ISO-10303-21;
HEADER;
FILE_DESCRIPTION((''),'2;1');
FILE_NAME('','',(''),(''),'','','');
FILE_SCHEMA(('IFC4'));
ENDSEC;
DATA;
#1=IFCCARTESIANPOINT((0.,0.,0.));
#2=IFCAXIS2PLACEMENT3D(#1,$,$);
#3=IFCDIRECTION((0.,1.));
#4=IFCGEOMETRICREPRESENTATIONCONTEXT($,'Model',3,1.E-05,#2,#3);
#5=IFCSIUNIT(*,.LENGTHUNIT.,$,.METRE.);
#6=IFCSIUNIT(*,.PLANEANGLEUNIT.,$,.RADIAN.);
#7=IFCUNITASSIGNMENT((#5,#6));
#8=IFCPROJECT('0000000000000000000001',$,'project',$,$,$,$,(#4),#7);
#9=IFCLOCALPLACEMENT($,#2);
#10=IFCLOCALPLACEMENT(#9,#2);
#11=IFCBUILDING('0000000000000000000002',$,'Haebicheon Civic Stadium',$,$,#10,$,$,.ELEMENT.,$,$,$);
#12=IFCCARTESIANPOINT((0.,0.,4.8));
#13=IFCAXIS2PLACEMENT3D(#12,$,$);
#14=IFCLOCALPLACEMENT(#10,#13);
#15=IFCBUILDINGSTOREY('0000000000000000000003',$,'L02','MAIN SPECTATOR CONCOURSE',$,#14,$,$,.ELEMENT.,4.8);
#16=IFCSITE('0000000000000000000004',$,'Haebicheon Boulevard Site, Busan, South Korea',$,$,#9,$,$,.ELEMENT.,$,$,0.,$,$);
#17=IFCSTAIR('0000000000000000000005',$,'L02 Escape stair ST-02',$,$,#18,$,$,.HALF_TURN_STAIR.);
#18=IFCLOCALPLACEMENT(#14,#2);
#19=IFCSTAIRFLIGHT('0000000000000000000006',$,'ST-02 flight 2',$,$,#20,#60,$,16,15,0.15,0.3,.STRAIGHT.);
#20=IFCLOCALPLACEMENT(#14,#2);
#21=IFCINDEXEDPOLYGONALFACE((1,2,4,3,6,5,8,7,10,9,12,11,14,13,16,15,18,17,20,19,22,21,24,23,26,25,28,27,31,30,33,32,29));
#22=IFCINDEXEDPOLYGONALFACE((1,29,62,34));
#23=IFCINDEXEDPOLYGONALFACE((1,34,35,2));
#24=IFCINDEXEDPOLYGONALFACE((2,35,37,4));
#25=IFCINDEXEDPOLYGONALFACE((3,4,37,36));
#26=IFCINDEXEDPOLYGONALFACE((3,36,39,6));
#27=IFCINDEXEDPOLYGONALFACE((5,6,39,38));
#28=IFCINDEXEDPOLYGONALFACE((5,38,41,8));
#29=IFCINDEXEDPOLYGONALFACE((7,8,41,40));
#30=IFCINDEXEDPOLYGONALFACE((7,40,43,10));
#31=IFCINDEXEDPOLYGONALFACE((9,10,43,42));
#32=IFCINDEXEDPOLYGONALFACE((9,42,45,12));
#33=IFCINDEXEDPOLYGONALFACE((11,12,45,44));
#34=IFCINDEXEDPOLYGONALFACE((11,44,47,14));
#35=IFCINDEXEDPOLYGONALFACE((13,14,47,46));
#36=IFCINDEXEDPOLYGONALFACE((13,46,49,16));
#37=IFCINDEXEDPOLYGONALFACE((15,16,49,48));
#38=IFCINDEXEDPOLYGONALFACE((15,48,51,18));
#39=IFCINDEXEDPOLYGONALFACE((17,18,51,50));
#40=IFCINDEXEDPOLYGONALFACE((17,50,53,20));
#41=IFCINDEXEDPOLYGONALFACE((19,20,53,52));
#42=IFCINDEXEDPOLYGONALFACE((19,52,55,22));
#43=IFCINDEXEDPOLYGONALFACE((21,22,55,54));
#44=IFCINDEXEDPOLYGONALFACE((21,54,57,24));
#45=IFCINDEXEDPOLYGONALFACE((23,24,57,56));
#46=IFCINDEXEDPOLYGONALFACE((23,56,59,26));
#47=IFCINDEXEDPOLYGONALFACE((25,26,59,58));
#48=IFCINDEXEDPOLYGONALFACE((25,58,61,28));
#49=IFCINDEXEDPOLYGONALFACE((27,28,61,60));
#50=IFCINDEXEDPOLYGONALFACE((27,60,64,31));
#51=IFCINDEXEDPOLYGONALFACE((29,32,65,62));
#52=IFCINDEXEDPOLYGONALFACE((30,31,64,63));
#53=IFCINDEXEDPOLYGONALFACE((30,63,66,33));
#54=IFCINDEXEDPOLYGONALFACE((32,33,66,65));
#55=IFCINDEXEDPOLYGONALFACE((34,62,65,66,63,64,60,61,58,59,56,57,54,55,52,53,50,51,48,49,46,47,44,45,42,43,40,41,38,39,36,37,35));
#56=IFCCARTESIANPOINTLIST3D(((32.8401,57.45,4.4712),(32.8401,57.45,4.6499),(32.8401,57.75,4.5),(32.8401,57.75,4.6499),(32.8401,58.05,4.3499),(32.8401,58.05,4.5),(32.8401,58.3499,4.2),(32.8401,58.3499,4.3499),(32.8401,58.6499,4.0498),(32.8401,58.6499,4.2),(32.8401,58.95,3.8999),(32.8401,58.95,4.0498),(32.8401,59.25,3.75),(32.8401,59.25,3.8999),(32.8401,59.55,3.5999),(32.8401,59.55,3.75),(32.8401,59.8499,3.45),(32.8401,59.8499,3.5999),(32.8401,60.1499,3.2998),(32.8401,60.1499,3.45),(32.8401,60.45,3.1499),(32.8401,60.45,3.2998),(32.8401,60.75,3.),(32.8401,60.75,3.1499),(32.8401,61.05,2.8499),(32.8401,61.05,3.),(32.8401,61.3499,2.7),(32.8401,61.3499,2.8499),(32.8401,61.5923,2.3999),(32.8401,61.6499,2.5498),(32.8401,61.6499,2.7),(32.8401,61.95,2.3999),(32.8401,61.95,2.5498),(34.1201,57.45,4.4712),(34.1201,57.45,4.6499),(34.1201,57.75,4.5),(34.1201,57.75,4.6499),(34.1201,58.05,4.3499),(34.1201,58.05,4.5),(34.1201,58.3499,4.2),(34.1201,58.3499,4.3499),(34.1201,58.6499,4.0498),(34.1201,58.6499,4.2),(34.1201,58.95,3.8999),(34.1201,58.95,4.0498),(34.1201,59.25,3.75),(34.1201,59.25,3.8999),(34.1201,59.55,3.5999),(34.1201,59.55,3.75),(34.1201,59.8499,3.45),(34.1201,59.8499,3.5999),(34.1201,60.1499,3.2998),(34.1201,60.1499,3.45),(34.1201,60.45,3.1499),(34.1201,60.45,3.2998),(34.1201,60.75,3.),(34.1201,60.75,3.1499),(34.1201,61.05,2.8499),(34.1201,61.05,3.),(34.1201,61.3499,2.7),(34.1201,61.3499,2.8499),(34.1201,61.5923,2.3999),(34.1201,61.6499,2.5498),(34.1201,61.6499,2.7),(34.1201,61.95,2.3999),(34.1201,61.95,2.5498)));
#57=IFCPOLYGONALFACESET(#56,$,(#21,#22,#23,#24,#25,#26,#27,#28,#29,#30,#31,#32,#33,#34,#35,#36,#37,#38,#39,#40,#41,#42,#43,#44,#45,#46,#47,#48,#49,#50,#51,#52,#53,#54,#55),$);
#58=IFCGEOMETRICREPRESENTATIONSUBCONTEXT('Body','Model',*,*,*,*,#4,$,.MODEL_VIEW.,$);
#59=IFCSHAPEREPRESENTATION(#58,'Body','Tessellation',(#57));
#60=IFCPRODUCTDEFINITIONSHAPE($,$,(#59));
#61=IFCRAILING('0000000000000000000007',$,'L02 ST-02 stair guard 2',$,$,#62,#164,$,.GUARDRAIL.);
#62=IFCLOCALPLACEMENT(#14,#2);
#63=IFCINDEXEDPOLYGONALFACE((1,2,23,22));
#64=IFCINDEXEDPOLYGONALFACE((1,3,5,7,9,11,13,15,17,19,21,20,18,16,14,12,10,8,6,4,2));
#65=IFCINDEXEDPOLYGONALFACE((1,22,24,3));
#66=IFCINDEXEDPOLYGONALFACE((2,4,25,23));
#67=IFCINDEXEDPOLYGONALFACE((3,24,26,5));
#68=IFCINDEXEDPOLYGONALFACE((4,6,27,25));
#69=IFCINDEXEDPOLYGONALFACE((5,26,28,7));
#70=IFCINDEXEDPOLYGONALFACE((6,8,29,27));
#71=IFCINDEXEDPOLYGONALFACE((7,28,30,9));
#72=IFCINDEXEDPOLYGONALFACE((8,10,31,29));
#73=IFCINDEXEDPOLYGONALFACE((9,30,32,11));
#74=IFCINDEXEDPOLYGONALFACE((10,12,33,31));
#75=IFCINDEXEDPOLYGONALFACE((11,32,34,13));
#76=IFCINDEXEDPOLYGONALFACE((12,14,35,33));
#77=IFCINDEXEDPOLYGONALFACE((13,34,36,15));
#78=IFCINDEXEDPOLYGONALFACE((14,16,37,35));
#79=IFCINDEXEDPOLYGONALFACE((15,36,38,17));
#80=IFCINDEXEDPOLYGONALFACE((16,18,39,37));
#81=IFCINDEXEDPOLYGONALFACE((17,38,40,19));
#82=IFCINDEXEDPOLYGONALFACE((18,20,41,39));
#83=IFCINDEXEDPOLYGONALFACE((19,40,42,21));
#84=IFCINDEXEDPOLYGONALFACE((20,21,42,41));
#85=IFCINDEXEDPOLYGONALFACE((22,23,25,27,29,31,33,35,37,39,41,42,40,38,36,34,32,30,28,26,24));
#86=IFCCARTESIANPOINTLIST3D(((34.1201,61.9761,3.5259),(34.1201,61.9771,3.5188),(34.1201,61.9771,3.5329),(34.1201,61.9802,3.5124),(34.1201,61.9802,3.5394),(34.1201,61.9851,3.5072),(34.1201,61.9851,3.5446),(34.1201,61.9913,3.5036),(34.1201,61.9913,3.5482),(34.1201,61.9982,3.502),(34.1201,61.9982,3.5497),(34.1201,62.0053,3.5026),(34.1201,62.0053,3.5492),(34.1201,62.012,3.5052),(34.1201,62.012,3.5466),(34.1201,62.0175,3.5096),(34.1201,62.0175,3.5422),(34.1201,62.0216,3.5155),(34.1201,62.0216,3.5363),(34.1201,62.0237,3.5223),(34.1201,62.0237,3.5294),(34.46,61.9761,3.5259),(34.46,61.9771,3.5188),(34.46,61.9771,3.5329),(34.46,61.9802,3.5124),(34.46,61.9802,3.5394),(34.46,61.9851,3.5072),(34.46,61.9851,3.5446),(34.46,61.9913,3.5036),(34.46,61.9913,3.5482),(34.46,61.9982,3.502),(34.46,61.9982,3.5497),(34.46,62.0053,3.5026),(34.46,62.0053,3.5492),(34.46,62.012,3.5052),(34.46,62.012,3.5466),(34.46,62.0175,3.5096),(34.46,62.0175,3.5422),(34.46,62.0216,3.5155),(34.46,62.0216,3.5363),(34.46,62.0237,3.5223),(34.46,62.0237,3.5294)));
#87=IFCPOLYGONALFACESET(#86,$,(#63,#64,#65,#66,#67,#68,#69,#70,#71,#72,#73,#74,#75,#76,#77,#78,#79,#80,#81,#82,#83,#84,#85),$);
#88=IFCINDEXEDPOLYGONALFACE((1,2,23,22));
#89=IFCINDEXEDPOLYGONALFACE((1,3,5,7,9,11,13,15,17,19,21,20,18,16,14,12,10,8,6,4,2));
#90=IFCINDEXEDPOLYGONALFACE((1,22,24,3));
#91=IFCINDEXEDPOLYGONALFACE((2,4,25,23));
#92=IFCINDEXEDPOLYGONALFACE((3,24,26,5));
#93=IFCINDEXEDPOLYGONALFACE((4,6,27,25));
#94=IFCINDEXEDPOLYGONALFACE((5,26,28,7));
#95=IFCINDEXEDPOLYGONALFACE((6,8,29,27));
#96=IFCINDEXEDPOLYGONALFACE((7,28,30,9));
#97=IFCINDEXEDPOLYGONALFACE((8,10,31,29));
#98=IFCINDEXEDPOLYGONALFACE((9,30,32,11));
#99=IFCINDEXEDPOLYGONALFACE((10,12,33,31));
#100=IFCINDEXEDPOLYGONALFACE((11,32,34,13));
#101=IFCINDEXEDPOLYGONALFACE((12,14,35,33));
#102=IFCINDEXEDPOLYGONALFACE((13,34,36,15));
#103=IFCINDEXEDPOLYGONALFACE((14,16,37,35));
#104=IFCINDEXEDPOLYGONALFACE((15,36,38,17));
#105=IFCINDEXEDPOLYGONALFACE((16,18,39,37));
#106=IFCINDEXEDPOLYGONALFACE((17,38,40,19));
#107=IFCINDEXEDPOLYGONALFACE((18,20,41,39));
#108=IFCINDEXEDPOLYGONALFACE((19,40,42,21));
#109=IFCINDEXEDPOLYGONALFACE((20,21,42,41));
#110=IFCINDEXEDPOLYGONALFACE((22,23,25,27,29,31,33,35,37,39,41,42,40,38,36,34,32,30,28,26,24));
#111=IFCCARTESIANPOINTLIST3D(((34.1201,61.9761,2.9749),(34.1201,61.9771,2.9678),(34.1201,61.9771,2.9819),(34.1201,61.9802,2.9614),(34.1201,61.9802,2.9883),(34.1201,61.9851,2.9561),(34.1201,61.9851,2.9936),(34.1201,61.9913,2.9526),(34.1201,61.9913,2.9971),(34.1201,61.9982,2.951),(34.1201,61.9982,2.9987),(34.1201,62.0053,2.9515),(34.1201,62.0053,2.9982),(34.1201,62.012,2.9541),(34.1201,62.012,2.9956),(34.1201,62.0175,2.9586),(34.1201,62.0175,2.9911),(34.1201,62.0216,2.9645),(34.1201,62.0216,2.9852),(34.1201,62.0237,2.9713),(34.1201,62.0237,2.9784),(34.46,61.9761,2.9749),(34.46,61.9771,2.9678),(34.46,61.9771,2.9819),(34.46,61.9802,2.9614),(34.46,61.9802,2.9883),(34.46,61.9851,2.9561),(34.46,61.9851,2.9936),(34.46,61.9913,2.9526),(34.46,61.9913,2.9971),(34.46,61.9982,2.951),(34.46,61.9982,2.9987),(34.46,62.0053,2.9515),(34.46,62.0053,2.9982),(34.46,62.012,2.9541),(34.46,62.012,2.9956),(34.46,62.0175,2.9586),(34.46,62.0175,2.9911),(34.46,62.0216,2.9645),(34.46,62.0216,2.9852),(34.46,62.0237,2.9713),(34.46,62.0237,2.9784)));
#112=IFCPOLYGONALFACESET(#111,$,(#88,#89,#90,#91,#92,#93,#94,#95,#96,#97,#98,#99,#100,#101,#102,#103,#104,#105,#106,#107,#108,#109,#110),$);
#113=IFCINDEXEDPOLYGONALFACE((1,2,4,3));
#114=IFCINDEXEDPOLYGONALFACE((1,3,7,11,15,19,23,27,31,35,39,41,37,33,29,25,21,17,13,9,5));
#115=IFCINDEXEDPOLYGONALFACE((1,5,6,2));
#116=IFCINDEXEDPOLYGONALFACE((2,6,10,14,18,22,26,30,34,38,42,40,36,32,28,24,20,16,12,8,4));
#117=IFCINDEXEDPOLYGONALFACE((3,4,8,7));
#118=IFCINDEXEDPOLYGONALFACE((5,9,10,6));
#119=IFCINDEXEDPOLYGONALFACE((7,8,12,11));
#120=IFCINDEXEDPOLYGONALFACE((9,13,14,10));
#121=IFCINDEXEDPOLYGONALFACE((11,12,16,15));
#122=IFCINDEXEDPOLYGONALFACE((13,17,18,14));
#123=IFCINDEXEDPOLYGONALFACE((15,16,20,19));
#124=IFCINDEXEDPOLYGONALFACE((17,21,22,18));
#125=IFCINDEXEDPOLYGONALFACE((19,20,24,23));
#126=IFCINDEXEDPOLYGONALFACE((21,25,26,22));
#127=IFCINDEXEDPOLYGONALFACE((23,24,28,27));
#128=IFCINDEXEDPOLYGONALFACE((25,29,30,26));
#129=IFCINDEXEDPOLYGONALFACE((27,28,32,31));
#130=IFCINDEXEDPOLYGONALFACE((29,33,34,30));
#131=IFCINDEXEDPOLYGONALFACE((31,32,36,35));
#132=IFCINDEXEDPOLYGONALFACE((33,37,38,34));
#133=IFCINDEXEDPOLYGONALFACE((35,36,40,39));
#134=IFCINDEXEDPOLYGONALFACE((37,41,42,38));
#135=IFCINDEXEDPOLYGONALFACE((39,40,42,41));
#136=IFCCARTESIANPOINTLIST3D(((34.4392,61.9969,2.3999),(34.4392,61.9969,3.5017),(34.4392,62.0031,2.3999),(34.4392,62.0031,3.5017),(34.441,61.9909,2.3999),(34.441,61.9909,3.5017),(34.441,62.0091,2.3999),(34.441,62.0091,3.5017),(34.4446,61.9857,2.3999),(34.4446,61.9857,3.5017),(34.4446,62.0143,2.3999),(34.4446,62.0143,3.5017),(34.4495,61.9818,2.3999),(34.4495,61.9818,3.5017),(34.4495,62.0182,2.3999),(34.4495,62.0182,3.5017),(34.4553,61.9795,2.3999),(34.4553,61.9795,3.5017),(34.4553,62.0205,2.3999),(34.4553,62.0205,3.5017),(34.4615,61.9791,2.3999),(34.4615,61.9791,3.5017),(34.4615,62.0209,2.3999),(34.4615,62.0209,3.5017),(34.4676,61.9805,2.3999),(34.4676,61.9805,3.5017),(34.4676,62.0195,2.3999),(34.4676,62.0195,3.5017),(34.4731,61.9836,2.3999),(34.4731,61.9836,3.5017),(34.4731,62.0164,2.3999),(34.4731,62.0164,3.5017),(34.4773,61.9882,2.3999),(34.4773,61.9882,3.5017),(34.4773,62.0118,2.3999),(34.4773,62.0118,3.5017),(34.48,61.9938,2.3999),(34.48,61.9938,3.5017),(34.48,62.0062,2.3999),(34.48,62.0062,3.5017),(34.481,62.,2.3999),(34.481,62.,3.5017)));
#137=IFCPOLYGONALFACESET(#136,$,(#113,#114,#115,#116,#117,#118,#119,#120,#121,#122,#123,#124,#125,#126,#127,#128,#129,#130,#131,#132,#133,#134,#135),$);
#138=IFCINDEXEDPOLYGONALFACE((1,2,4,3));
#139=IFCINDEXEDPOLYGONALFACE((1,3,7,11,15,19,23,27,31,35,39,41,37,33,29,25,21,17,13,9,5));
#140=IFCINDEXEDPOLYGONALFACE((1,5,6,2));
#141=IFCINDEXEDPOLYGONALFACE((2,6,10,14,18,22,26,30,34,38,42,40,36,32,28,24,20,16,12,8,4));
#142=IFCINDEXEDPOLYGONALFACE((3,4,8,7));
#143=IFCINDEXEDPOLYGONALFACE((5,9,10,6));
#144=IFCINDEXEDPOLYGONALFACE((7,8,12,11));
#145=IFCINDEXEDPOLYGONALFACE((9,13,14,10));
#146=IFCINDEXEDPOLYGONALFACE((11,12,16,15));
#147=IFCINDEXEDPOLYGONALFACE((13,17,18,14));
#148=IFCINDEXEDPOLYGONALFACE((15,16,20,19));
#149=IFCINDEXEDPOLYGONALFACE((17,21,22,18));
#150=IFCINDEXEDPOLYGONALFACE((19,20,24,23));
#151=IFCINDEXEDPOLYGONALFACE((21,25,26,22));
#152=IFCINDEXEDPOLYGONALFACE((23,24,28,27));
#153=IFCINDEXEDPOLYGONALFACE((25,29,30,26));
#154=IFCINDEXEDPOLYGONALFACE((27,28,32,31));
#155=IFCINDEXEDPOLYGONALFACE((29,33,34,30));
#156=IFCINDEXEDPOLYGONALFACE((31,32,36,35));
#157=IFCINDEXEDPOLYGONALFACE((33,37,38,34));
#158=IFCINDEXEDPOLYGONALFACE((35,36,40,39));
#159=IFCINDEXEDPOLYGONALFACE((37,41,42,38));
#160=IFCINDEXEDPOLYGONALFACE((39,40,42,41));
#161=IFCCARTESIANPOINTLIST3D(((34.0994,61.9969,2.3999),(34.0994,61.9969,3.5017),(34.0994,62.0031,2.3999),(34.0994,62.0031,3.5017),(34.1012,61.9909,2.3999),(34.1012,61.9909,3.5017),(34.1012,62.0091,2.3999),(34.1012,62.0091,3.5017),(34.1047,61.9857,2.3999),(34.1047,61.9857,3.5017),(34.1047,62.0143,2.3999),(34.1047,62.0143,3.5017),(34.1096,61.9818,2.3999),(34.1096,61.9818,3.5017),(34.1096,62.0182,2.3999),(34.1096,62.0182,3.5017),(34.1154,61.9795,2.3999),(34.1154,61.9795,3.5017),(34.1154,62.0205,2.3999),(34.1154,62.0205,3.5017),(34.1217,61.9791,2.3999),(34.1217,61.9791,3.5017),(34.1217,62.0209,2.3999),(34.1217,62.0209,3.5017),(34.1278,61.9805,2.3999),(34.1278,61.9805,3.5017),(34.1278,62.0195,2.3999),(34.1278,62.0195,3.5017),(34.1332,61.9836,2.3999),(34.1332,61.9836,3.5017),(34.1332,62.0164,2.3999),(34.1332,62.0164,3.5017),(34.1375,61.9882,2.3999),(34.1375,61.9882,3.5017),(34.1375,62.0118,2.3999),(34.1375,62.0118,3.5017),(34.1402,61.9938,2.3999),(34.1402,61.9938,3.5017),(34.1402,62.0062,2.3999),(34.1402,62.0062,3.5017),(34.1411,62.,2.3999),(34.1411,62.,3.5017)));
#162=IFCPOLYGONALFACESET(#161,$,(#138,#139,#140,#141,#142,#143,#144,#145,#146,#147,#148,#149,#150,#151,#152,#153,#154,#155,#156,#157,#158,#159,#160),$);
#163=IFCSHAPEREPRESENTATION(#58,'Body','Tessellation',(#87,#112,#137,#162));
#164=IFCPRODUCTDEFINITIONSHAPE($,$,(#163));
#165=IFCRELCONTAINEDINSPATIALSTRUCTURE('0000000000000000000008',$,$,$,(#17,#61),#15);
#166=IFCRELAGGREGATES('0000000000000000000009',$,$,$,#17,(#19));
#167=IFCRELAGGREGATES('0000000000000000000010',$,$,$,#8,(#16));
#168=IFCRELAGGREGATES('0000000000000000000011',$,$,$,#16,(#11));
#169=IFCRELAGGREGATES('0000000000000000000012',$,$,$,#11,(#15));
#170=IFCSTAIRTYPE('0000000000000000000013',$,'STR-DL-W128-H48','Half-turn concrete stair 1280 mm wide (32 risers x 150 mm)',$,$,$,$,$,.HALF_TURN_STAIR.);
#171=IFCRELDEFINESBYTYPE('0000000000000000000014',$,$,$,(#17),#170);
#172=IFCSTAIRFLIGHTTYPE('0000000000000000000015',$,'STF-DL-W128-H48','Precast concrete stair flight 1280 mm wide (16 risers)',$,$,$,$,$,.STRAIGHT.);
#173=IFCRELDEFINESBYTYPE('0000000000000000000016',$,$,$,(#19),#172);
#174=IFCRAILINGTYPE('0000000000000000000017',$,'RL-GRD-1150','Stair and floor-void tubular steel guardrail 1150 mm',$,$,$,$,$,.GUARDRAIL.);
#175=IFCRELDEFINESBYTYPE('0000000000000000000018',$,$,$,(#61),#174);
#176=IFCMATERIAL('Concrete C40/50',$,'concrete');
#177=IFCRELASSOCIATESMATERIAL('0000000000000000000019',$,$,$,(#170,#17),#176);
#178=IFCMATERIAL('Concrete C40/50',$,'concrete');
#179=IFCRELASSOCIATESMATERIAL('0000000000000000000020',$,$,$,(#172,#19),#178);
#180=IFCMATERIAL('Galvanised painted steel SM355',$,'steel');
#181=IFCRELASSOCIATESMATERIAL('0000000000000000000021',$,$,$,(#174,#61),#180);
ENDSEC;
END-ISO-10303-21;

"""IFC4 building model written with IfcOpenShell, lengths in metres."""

from ifc_helpers import new_model, si_unit, direction, frame, origin, origin_2d, place, context, subcontext, project, spatial, polyline, circle, outline, extrude, material, type_object, element, aggregate, save


model = new_model("IFC4")

# Units and contexts
model_context = context("Model", 3, precision=1e-05, world=origin(), true_north=direction((0.0, 1.0)))
body_context = subcontext(model_context, "Body", "Model", "MODEL_VIEW")
ifc_project = project(units=[si_unit("LENGTHUNIT", "METRE"), si_unit("PLANEANGLEUNIT", "RADIAN")], contexts=[model_context])

# Site, building, storey
site_placement = place(None, origin())
site = spatial("IfcSite", under=ifc_project, at=site_placement, Name="Haebicheon Boulevard Site, Busan, South Korea", CompositionType="ELEMENT", RefElevation=0.0)
building_placement = place(site_placement, origin())
building = spatial("IfcBuilding", under=site, at=building_placement, Name="Haebicheon Civic Stadium", CompositionType="ELEMENT")
storey_placement = place(building_placement, frame((0.0, 0.0, 4.8)))
storey = spatial("IfcBuildingStorey", under=building, at=storey_placement, Name="L02", Description="MAIN SPECTATOR CONCOURSE", CompositionType="ELEMENT", Elevation=4.8)

# Stair, stair flight
ifc_material_1 = material(Name="Concrete C40/50", Category="concrete")
stair_type = type_object("IfcStairType", Name="STR-DL-W128-H48", Description="Half-turn concrete stair 1280 mm wide (32 risers x 150 mm)", PredefinedType="HALF_TURN_STAIR", material=ifc_material_1)
stair_placement = place(storey_placement, origin())
stair = element("IfcStair", 1, at=stair_placement, inside=storey, type_object=stair_type, material=ifc_material_1, Name="L02 Escape stair ST-02", PredefinedType="HALF_TURN_STAIR")
ifc_material_2 = material(Name="Concrete C40/50", Category="concrete")
stair_flight_type = type_object("IfcStairFlightType", Name="STF-DL-W128-H48", Description="Precast concrete stair flight 1280 mm wide (16 risers)", PredefinedType="STRAIGHT", material=ifc_material_2)
stair_flight_placement = place(storey_placement, frame((33.48, 61.95, 2.3999), z_axis=(0.0, 0.0, 1.0), x_axis=(0.0, -1.0, 0.0)))
stair_flight = element("IfcStairFlight", 2, at=stair_flight_placement, type_object=stair_flight_type, material=ifc_material_2, Name="ST-02 flight 2", NumberOfRisers=16, NumberOfTreads=15, PredefinedType="STRAIGHT", RiserHeight=0.15, TreadLength=0.3, context=body_context, shape_type="SweptSolid", body=[
    extrude(outline(polyline([(0.0, 0.0), (0.0, 0.1499), (0.3, 0.1499), (0.3, 0.3), (0.6001, 0.3), (0.6001, 0.45), (0.8999, 0.45), (0.8999, 0.6001), (1.2, 0.6001), (1.2, 0.75), (1.5, 0.75), (1.5, 0.8999), (1.8, 0.8999), (1.8, 1.05), (2.1001, 1.05), (2.1001, 1.2), (2.3999, 1.2), (2.3999, 1.3501), (2.7, 1.3501), (2.7, 1.5), (3.0, 1.5), (3.0, 1.6499), (3.3, 1.6499), (3.3, 1.8), (3.6001, 1.8), (3.6001, 1.95), (3.8999, 1.95), (3.8999, 2.1001), (4.2, 2.1001), (4.2, 2.25), (4.5, 2.25), (4.5, 2.3999), (4.5, 2.0713), (0.3577, 0.0), (0.0, 0.0)])), frame((0.0, 0.6401, 0.0), z_axis=(0.0, -1.0, 0.0), x_axis=(1.0, 0.0, 0.0)), (0.0, 0.0, 1.0), 1.28),
])
aggregate(stair, [stair_flight])

# Railing
ifc_material_3 = material(Name="Galvanised painted steel SM355", Category="steel")
railing_type_1 = type_object("IfcRailingType", Name="RL-GRD-1150", Description="Stair and floor-void tubular steel guardrail 1150 mm", PredefinedType="GUARDRAIL", material=ifc_material_3)
railing_1_placement = place(storey_placement, frame((34.46, 62.0, 2.3999)))
element("IfcRailing", 3, at=railing_1_placement, inside=storey, type_object=railing_type_1, material=ifc_material_3, Name="L02 ST-02 stair guard 2", PredefinedType="GUARDRAIL", context=body_context, shape_type="SweptSolid", body=[
    extrude(circle(Radius=0.0239, at=origin_2d()), frame((0.0, 0.0, 1.126), z_axis=(-1.0, 0.0, 0.0), x_axis=(0.0, -1.0, 0.0)), (0.0, 0.0, 1.0), 0.3398),
    extrude(circle(Radius=0.0239, at=origin_2d()), frame((0.0, 0.0, 0.575), z_axis=(-1.0, 0.0, 0.0), x_axis=(0.0, -1.0, 0.0)), (0.0, 0.0, 1.0), 0.3398),
    extrude(circle(Radius=0.021, at=origin_2d()), origin(), (0.0, 0.0, 1.0), 1.1018),
    extrude(circle(Radius=0.021, at=origin_2d()), frame((-0.3398, 0.0, 0.0)), (0.0, 0.0, 1.0), 1.1018),
])

save(model, "model.ifc")
